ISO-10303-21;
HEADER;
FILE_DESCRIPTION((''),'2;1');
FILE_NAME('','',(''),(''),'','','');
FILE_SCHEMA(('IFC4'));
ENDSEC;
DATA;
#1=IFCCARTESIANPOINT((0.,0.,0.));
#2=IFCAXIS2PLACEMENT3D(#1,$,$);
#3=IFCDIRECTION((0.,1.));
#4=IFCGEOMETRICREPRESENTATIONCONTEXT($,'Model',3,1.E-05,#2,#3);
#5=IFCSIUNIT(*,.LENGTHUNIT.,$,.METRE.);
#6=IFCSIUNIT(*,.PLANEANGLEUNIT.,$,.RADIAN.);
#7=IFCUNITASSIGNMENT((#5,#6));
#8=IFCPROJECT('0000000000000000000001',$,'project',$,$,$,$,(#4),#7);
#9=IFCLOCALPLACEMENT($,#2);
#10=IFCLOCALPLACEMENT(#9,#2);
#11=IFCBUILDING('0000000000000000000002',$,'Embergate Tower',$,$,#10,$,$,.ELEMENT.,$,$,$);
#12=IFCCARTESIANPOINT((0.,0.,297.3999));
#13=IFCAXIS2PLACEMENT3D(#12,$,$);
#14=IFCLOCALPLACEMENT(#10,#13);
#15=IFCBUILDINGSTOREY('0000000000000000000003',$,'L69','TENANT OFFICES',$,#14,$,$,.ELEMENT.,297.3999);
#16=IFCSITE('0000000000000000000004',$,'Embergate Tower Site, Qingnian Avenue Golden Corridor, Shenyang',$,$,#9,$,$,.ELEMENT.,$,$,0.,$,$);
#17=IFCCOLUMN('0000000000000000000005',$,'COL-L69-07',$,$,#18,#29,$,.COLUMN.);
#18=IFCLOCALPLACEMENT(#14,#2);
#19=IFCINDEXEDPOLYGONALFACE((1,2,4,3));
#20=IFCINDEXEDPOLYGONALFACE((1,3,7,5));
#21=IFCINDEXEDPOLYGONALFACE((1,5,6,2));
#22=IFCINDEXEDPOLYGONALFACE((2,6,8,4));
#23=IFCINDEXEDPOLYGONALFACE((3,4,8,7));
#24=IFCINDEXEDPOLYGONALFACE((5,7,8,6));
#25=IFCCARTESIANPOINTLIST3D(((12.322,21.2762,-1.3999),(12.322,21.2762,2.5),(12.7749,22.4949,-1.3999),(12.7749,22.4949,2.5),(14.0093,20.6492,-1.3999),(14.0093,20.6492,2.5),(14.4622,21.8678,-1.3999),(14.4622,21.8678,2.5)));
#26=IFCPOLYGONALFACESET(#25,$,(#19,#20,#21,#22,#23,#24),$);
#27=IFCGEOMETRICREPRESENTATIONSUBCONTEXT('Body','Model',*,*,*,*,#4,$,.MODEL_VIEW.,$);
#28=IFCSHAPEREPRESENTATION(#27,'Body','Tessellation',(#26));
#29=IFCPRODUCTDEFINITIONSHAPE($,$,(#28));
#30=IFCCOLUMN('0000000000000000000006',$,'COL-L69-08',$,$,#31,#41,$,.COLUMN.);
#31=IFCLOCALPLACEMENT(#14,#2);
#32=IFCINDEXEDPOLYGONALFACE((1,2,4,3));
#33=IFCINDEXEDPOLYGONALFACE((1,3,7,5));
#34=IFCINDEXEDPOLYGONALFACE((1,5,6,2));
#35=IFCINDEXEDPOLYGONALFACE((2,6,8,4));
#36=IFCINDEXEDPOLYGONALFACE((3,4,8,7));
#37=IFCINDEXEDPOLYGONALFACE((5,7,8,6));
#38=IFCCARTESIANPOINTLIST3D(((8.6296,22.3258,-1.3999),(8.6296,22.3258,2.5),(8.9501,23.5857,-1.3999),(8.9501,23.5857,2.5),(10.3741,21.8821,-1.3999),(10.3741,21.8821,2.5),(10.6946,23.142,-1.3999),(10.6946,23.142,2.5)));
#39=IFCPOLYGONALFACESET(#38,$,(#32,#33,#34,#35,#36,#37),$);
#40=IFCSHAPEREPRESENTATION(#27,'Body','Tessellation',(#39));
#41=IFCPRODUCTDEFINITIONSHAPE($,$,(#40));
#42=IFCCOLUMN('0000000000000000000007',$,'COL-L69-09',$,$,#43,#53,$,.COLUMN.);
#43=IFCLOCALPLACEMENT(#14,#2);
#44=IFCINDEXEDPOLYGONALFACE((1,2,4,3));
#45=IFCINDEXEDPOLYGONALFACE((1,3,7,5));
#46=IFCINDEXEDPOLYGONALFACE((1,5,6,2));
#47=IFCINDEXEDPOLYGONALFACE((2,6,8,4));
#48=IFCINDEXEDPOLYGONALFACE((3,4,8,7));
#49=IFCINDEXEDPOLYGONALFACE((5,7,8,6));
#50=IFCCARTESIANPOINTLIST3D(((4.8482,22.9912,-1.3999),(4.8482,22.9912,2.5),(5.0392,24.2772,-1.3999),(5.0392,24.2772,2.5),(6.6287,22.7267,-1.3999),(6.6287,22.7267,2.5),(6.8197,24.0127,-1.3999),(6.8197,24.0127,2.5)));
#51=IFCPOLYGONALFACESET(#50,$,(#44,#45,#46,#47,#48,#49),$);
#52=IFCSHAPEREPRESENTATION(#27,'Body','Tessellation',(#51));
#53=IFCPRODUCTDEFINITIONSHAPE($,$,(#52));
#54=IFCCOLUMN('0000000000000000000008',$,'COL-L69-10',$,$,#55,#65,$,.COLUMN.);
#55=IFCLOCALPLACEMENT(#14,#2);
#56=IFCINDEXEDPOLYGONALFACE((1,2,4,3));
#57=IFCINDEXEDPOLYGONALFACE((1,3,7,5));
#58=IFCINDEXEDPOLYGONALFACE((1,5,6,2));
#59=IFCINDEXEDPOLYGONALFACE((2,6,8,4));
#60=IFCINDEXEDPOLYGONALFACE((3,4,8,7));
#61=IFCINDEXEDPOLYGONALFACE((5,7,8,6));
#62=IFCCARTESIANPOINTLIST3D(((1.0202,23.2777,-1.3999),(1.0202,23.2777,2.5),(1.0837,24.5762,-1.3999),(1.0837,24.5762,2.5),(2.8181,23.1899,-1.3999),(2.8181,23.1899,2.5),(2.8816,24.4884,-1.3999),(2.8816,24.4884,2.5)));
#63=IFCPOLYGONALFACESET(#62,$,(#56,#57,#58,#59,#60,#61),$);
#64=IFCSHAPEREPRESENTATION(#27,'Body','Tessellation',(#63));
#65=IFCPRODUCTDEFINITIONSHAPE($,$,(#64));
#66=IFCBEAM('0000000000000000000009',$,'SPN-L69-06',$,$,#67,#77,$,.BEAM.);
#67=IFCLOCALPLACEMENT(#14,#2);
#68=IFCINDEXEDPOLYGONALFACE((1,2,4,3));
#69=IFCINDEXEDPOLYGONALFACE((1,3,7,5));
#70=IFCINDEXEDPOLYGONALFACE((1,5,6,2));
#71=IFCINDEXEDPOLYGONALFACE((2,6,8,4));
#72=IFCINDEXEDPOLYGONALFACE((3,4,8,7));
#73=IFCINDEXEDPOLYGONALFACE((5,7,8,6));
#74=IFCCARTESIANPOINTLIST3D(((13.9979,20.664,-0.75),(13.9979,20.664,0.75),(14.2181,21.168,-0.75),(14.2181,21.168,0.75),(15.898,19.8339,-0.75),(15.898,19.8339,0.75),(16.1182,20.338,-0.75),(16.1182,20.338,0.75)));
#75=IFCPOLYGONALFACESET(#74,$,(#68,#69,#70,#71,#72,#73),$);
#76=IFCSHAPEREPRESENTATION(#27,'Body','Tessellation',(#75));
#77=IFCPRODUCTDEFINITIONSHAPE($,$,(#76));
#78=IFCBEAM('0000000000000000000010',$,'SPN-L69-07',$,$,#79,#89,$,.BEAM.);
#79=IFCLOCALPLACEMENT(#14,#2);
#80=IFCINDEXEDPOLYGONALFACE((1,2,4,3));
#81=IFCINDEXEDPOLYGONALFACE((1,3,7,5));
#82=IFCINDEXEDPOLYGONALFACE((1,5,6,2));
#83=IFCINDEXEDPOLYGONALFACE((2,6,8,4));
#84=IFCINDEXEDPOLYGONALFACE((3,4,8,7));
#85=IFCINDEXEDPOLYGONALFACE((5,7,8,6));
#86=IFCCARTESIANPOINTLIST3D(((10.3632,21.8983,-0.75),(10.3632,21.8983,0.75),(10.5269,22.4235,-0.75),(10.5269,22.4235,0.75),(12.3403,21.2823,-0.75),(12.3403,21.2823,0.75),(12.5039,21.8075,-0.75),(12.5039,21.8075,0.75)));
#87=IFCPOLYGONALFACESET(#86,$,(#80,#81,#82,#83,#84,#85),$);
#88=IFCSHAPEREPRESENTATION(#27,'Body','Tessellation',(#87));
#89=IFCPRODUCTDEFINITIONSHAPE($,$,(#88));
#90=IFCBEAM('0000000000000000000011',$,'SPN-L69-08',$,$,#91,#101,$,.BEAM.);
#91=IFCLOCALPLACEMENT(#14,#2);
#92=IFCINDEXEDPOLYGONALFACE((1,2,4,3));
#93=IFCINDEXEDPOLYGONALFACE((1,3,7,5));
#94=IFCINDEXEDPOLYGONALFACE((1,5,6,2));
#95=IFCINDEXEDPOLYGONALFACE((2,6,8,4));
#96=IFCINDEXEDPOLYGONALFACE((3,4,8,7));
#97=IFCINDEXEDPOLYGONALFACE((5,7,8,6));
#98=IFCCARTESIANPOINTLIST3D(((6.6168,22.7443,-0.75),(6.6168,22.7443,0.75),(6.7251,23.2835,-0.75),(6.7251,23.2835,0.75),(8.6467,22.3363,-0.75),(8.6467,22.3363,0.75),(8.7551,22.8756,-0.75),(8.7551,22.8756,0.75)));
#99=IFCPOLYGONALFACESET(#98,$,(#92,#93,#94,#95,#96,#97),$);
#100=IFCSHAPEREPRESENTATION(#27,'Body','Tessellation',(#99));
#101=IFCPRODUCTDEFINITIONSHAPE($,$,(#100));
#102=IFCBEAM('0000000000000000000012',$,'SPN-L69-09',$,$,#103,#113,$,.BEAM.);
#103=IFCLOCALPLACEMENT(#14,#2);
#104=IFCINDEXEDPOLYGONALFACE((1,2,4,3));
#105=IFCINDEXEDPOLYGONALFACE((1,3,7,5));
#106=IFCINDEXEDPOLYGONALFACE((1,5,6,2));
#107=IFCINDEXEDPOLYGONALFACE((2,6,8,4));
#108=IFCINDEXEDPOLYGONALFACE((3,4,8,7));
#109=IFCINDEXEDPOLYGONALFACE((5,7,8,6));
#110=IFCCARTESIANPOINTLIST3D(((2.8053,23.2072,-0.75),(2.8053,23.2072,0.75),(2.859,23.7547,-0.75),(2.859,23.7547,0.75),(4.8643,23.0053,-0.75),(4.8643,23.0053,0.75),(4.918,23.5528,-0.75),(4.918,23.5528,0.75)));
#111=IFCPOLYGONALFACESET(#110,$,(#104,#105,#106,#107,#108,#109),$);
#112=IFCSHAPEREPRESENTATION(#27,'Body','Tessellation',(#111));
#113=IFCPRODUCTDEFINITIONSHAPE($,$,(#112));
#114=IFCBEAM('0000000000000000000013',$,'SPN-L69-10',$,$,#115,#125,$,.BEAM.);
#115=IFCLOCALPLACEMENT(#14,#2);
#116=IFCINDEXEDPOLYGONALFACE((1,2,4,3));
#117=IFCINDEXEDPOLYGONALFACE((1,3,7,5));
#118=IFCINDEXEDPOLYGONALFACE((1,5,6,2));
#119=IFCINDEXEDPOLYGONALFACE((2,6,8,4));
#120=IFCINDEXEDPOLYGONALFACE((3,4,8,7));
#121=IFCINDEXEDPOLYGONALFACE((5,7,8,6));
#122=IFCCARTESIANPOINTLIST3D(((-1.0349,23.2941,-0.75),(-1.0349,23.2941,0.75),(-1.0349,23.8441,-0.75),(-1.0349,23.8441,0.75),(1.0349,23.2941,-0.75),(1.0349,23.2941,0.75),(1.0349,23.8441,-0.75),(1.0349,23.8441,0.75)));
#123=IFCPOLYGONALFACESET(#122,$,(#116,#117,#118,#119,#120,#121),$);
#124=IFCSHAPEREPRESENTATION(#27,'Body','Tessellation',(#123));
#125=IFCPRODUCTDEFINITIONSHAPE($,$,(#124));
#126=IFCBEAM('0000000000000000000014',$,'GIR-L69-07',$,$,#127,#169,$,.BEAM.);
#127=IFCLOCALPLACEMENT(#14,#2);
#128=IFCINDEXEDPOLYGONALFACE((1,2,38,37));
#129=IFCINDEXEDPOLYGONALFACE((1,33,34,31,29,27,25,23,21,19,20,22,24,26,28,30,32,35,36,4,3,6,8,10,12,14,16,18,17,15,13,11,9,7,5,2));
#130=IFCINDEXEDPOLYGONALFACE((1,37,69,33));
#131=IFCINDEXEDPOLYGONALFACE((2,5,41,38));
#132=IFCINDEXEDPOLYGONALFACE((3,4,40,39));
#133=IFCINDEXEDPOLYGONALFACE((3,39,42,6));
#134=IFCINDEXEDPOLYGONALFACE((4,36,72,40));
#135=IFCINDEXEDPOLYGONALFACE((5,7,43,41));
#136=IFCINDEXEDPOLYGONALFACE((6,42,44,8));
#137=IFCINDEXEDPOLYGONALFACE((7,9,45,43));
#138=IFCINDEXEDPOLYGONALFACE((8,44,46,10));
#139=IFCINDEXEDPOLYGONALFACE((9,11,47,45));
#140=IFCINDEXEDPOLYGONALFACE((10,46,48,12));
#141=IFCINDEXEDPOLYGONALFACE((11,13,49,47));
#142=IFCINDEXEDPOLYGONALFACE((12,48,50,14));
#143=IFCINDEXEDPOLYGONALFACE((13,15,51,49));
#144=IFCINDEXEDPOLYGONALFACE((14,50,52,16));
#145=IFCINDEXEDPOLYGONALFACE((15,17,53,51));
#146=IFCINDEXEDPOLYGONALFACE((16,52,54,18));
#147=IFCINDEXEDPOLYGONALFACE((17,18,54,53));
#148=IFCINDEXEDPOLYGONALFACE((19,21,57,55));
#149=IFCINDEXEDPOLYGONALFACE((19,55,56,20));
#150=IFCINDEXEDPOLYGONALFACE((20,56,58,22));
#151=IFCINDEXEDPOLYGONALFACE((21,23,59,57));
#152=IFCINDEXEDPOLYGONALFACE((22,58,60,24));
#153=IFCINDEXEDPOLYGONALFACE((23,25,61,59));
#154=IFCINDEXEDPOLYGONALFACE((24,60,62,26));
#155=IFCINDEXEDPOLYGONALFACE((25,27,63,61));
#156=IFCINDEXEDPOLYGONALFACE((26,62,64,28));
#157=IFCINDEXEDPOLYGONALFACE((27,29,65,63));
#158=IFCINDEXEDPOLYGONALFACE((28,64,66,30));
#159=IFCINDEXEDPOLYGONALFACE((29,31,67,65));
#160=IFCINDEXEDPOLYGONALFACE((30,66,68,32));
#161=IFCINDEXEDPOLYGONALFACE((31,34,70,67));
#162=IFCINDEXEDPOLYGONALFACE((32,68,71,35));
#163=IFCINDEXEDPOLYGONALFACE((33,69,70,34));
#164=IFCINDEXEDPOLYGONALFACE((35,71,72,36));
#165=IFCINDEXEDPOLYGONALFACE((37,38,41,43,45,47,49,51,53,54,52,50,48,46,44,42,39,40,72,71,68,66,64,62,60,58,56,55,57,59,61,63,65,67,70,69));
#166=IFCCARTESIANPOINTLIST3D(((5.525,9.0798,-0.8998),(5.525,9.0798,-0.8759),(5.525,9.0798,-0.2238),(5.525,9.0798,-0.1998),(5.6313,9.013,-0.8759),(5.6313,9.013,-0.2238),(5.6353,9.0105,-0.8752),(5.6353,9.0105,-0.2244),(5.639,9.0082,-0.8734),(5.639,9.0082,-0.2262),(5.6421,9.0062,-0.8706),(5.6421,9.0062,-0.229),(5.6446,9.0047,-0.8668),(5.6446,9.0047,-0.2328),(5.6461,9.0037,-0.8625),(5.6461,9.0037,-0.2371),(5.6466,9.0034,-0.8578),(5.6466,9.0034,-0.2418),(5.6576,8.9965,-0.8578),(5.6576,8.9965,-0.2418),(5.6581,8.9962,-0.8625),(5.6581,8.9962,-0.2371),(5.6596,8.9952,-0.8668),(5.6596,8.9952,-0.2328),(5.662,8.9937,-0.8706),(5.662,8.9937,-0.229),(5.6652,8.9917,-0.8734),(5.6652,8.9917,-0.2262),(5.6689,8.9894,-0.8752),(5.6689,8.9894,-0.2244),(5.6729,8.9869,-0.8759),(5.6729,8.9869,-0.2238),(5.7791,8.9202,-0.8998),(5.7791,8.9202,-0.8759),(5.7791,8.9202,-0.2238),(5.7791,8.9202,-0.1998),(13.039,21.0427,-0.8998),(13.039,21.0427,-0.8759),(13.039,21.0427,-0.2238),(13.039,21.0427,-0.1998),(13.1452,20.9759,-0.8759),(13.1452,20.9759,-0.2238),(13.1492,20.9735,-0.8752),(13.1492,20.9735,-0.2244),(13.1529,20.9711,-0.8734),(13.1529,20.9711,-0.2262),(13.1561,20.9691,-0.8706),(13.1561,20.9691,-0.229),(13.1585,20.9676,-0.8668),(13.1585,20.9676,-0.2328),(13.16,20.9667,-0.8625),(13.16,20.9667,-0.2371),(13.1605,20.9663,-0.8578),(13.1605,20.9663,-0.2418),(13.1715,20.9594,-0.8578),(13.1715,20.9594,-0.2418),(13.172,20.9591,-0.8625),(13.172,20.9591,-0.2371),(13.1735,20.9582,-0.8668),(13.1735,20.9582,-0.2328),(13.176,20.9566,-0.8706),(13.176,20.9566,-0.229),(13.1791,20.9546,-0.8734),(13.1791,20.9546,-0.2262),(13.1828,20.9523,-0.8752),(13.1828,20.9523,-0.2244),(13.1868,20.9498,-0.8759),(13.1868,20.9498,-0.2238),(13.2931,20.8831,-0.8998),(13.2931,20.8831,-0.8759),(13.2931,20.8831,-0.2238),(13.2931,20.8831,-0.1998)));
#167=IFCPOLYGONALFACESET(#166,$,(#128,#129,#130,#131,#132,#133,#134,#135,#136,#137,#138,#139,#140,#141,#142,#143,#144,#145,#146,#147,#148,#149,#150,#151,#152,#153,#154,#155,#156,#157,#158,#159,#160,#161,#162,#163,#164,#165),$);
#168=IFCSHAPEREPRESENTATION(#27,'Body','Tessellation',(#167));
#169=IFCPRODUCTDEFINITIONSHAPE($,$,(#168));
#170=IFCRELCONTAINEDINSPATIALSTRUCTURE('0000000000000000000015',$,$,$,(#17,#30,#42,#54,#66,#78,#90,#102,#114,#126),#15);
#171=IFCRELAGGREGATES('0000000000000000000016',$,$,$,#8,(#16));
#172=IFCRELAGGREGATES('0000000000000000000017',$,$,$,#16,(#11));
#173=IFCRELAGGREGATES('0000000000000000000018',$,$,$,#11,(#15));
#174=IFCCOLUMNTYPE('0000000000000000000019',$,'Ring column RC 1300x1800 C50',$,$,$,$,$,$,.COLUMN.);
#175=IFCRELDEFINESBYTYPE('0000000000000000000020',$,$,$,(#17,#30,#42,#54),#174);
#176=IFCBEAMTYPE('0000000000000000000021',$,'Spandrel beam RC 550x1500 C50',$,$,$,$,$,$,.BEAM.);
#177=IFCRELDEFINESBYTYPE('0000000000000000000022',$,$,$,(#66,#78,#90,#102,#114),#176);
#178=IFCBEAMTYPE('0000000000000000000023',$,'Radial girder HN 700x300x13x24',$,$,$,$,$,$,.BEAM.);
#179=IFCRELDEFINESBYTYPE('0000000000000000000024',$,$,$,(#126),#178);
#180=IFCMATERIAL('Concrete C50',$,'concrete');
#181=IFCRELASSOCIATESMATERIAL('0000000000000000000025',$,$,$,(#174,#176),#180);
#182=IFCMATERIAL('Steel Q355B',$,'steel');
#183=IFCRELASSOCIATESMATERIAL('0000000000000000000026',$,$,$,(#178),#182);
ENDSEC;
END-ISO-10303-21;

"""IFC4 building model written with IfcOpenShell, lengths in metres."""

from ifc_helpers import new_model, si_unit, direction, frame, origin, origin_2d, place, context, subcontext, project, spatial, rectangle, i_section, extrude, source, transform, mapped, material, material_profile, profile_set, type_object, element, save


model = new_model("IFC4")

# Units and contexts
model_context = context("Model", 3, precision=1e-05, world=origin(), true_north=direction((0.0, 1.0)))
body_context = subcontext(model_context, "Body", "Model", "MODEL_VIEW")
ifc_project = project(units=[si_unit("LENGTHUNIT", "METRE"), si_unit("PLANEANGLEUNIT", "RADIAN")], contexts=[model_context])

# Site, building, storey
site_placement = place(None, origin())
site = spatial("IfcSite", under=ifc_project, at=site_placement, Name="Embergate Tower Site, Qingnian Avenue Golden Corridor, Shenyang", CompositionType="ELEMENT", RefElevation=0.0)
building_placement = place(site_placement, origin())
building = spatial("IfcBuilding", under=site, at=building_placement, Name="Embergate Tower", CompositionType="ELEMENT")
storey_placement = place(building_placement, frame((0.0, 0.0, 297.3999)))
storey = spatial("IfcBuildingStorey", under=building, at=storey_placement, Name="L69", Description="TENANT OFFICES", CompositionType="ELEMENT", Elevation=297.3999)

# Columns
ifc_material_1 = material(Name="Concrete C50", Category="concrete")
ifc_material_profile_1 = material_profile(ifc_material_1, rectangle(XDim=1.3, YDim=1.8, at=origin_2d()), Name="RC 1300x1800")
ifc_profile_set_1 = profile_set([ifc_material_profile_1], Name="Concrete C50")
column_type = type_object("IfcColumnType", Name="Ring column RC 1300x1800 C50", PredefinedType="COLUMN", material=ifc_profile_set_1)
shared_shape_1 = source(origin(), body_context, "Body", "SweptSolid", [
    extrude(rectangle(XDim=1.3, YDim=1.8, at=origin_2d()), origin(), (0.0, 0.0, 1.0), 3.8999),
])
for number, where, z_axis, x_axis, name in (
    (1, (13.3921, 21.572, -1.3999), (0.0, 0.0, 1.0), (0.348343, 0.937367, 0.0), "COL-L69-07"),
    (2, (9.6621, 22.7339, -1.3999), (0.0, 0.0, 1.0), (0.246509, 0.969141, 0.0), "COL-L69-08"),
    (3, (5.834, 23.502, -1.3999), (0.0, 0.0, 1.0), (0.146929, 0.989147, 0.0), "COL-L69-09"),
    (4, (1.9509, 23.8831, -1.3999), (0.0, 0.0, 1.0), (0.048815, 0.998808, 0.0), "COL-L69-10"),
):
    element("IfcColumn", number, at=place(storey_placement, frame(where, z_axis=z_axis, x_axis=x_axis)), inside=storey, type_object=column_type, Name=name, PredefinedType="COLUMN", context=body_context, shape_type="MappedRepresentation", body=[
        mapped(shared_shape_1, transform((0.0, 0.0, 0.0))),
    ])

# Beams
ifc_material_profile_2 = material_profile(ifc_material_1, rectangle(XDim=0.55, YDim=1.5, at=origin_2d()), Name="RC 550x1500")
ifc_profile_set_2 = profile_set([ifc_material_profile_2], Name="Concrete C50")
beam_type_1 = type_object("IfcBeamType", Name="Spandrel beam RC 550x1500 C50", PredefinedType="BEAM", material=ifc_profile_set_2)
shared_shape_2 = source(origin(), body_context, "Body", "SweptSolid", [
    extrude(rectangle(XDim=0.55, YDim=1.5, at=origin_2d()), origin(), (0.0, 0.0, 1.0), 2.0735),
])
beam_1_placement = place(storey_placement, frame((16.0081, 20.0859, 0.0), z_axis=(-0.916376, 0.400318, 0.0), x_axis=(-0.400318, -0.916376, 0.0)))
element("IfcBeam", 5, at=beam_1_placement, inside=storey, type_object=beam_type_1, Name="SPN-L69-06", PredefinedType="BEAM", context=body_context, shape_type="MappedRepresentation", body=[
    mapped(shared_shape_2, transform((0.0, 0.0, 0.0))),
])
shared_shape_3 = source(origin(), body_context, "Body", "SweptSolid", [
    extrude(rectangle(XDim=0.55, YDim=1.5, at=origin_2d()), origin(), (0.0, 0.0, 1.0), 2.0708),
])
beam_2_placement = place(storey_placement, frame((12.4221, 21.5449, 0.0), z_axis=(-0.954736, 0.297456, 0.0), x_axis=(-0.297456, -0.954736, 0.0)))
element("IfcBeam", 6, at=beam_2_placement, inside=storey, type_object=beam_type_1, Name="SPN-L69-07", PredefinedType="BEAM", context=body_context, shape_type="MappedRepresentation", body=[
    mapped(shared_shape_3, transform((0.0, 0.0, 0.0))),
])
shared_shape_4 = source(origin(), body_context, "Body", "SweptSolid", [
    extrude(rectangle(XDim=0.55, YDim=1.5, at=origin_2d()), origin(), (0.0, 0.0, 1.0), 2.0706),
])
beam_3_placement = place(storey_placement, frame((8.7009, 22.606, 0.0), z_axis=(-0.980399, 0.197023, 0.0), x_axis=(-0.197023, -0.980399, 0.0)))
element("IfcBeam", 7, at=beam_3_placement, inside=storey, type_object=beam_type_1, Name="SPN-L69-08", PredefinedType="BEAM", context=body_context, shape_type="MappedRepresentation", body=[
    mapped(shared_shape_4, transform((0.0, 0.0, 0.0))),
])
shared_shape_5 = source(origin(), body_context, "Body", "SweptSolid", [
    extrude(rectangle(XDim=0.55, YDim=1.5, at=origin_2d()), origin(), (0.0, 0.0, 1.0), 2.0688),
])
beam_4_placement = place(storey_placement, frame((4.8911, 23.2791, 0.0), z_axis=(-0.995227, 0.097587, 0.0), x_axis=(-0.097587, -0.995227, 0.0)))
element("IfcBeam", 8, at=beam_4_placement, inside=storey, type_object=beam_type_1, Name="SPN-L69-09", PredefinedType="BEAM", context=body_context, shape_type="MappedRepresentation", body=[
    mapped(shared_shape_5, transform((0.0, 0.0, 0.0))),
])
shared_shape_6 = source(origin(), body_context, "Body", "SweptSolid", [
    extrude(rectangle(XDim=0.55, YDim=1.5, at=origin_2d()), origin(), (0.0, 0.0, 1.0), 2.0698),
])
beam_5_placement = place(storey_placement, frame((1.0349, 23.5691, 0.0), z_axis=(-1.0, 0.0, 0.0), x_axis=(0.0, -1.0, 0.0)))
element("IfcBeam", 9, at=beam_5_placement, inside=storey, type_object=beam_type_1, Name="SPN-L69-10", PredefinedType="BEAM", context=body_context, shape_type="MappedRepresentation", body=[
    mapped(shared_shape_6, transform((0.0, 0.0, 0.0))),
])
ifc_material_2 = material(Name="Steel Q355B", Category="steel")
ifc_material_profile_3 = material_profile(ifc_material_2, i_section(OverallWidth=0.3, OverallDepth=0.7, WebThickness=0.0129, FlangeThickness=0.0239, FilletRadius=0.0181, at=origin_2d()), Name="HN 700x300x13x24")
ifc_profile_set_3 = profile_set([ifc_material_profile_3], Name="Steel Q355 grade B")
beam_type_2 = type_object("IfcBeamType", Name="Radial girder HN 700x300x13x24", PredefinedType="BEAM", material=ifc_profile_set_3)
shared_shape_7 = source(origin(), body_context, "Body", "SweptSolid", [
    extrude(i_section(OverallWidth=0.3, OverallDepth=0.7, WebThickness=0.0129, FlangeThickness=0.0239, FilletRadius=0.0181, at=origin_2d()), origin(), (0.0, 0.0, 1.0), 14.127),
])
beam_6_placement = place(storey_placement, frame((13.166, 20.9629, -0.5498), z_axis=(-0.531887, -0.846816, 0.0), x_axis=(0.846816, -0.531887, 0.0)))
element("IfcBeam", 10, at=beam_6_placement, inside=storey, type_object=beam_type_2, Name="GIR-L69-07", PredefinedType="BEAM", context=body_context, shape_type="MappedRepresentation", body=[
    mapped(shared_shape_7, transform((0.0, 0.0, 0.0))),
])

save(model, "model.ifc")
